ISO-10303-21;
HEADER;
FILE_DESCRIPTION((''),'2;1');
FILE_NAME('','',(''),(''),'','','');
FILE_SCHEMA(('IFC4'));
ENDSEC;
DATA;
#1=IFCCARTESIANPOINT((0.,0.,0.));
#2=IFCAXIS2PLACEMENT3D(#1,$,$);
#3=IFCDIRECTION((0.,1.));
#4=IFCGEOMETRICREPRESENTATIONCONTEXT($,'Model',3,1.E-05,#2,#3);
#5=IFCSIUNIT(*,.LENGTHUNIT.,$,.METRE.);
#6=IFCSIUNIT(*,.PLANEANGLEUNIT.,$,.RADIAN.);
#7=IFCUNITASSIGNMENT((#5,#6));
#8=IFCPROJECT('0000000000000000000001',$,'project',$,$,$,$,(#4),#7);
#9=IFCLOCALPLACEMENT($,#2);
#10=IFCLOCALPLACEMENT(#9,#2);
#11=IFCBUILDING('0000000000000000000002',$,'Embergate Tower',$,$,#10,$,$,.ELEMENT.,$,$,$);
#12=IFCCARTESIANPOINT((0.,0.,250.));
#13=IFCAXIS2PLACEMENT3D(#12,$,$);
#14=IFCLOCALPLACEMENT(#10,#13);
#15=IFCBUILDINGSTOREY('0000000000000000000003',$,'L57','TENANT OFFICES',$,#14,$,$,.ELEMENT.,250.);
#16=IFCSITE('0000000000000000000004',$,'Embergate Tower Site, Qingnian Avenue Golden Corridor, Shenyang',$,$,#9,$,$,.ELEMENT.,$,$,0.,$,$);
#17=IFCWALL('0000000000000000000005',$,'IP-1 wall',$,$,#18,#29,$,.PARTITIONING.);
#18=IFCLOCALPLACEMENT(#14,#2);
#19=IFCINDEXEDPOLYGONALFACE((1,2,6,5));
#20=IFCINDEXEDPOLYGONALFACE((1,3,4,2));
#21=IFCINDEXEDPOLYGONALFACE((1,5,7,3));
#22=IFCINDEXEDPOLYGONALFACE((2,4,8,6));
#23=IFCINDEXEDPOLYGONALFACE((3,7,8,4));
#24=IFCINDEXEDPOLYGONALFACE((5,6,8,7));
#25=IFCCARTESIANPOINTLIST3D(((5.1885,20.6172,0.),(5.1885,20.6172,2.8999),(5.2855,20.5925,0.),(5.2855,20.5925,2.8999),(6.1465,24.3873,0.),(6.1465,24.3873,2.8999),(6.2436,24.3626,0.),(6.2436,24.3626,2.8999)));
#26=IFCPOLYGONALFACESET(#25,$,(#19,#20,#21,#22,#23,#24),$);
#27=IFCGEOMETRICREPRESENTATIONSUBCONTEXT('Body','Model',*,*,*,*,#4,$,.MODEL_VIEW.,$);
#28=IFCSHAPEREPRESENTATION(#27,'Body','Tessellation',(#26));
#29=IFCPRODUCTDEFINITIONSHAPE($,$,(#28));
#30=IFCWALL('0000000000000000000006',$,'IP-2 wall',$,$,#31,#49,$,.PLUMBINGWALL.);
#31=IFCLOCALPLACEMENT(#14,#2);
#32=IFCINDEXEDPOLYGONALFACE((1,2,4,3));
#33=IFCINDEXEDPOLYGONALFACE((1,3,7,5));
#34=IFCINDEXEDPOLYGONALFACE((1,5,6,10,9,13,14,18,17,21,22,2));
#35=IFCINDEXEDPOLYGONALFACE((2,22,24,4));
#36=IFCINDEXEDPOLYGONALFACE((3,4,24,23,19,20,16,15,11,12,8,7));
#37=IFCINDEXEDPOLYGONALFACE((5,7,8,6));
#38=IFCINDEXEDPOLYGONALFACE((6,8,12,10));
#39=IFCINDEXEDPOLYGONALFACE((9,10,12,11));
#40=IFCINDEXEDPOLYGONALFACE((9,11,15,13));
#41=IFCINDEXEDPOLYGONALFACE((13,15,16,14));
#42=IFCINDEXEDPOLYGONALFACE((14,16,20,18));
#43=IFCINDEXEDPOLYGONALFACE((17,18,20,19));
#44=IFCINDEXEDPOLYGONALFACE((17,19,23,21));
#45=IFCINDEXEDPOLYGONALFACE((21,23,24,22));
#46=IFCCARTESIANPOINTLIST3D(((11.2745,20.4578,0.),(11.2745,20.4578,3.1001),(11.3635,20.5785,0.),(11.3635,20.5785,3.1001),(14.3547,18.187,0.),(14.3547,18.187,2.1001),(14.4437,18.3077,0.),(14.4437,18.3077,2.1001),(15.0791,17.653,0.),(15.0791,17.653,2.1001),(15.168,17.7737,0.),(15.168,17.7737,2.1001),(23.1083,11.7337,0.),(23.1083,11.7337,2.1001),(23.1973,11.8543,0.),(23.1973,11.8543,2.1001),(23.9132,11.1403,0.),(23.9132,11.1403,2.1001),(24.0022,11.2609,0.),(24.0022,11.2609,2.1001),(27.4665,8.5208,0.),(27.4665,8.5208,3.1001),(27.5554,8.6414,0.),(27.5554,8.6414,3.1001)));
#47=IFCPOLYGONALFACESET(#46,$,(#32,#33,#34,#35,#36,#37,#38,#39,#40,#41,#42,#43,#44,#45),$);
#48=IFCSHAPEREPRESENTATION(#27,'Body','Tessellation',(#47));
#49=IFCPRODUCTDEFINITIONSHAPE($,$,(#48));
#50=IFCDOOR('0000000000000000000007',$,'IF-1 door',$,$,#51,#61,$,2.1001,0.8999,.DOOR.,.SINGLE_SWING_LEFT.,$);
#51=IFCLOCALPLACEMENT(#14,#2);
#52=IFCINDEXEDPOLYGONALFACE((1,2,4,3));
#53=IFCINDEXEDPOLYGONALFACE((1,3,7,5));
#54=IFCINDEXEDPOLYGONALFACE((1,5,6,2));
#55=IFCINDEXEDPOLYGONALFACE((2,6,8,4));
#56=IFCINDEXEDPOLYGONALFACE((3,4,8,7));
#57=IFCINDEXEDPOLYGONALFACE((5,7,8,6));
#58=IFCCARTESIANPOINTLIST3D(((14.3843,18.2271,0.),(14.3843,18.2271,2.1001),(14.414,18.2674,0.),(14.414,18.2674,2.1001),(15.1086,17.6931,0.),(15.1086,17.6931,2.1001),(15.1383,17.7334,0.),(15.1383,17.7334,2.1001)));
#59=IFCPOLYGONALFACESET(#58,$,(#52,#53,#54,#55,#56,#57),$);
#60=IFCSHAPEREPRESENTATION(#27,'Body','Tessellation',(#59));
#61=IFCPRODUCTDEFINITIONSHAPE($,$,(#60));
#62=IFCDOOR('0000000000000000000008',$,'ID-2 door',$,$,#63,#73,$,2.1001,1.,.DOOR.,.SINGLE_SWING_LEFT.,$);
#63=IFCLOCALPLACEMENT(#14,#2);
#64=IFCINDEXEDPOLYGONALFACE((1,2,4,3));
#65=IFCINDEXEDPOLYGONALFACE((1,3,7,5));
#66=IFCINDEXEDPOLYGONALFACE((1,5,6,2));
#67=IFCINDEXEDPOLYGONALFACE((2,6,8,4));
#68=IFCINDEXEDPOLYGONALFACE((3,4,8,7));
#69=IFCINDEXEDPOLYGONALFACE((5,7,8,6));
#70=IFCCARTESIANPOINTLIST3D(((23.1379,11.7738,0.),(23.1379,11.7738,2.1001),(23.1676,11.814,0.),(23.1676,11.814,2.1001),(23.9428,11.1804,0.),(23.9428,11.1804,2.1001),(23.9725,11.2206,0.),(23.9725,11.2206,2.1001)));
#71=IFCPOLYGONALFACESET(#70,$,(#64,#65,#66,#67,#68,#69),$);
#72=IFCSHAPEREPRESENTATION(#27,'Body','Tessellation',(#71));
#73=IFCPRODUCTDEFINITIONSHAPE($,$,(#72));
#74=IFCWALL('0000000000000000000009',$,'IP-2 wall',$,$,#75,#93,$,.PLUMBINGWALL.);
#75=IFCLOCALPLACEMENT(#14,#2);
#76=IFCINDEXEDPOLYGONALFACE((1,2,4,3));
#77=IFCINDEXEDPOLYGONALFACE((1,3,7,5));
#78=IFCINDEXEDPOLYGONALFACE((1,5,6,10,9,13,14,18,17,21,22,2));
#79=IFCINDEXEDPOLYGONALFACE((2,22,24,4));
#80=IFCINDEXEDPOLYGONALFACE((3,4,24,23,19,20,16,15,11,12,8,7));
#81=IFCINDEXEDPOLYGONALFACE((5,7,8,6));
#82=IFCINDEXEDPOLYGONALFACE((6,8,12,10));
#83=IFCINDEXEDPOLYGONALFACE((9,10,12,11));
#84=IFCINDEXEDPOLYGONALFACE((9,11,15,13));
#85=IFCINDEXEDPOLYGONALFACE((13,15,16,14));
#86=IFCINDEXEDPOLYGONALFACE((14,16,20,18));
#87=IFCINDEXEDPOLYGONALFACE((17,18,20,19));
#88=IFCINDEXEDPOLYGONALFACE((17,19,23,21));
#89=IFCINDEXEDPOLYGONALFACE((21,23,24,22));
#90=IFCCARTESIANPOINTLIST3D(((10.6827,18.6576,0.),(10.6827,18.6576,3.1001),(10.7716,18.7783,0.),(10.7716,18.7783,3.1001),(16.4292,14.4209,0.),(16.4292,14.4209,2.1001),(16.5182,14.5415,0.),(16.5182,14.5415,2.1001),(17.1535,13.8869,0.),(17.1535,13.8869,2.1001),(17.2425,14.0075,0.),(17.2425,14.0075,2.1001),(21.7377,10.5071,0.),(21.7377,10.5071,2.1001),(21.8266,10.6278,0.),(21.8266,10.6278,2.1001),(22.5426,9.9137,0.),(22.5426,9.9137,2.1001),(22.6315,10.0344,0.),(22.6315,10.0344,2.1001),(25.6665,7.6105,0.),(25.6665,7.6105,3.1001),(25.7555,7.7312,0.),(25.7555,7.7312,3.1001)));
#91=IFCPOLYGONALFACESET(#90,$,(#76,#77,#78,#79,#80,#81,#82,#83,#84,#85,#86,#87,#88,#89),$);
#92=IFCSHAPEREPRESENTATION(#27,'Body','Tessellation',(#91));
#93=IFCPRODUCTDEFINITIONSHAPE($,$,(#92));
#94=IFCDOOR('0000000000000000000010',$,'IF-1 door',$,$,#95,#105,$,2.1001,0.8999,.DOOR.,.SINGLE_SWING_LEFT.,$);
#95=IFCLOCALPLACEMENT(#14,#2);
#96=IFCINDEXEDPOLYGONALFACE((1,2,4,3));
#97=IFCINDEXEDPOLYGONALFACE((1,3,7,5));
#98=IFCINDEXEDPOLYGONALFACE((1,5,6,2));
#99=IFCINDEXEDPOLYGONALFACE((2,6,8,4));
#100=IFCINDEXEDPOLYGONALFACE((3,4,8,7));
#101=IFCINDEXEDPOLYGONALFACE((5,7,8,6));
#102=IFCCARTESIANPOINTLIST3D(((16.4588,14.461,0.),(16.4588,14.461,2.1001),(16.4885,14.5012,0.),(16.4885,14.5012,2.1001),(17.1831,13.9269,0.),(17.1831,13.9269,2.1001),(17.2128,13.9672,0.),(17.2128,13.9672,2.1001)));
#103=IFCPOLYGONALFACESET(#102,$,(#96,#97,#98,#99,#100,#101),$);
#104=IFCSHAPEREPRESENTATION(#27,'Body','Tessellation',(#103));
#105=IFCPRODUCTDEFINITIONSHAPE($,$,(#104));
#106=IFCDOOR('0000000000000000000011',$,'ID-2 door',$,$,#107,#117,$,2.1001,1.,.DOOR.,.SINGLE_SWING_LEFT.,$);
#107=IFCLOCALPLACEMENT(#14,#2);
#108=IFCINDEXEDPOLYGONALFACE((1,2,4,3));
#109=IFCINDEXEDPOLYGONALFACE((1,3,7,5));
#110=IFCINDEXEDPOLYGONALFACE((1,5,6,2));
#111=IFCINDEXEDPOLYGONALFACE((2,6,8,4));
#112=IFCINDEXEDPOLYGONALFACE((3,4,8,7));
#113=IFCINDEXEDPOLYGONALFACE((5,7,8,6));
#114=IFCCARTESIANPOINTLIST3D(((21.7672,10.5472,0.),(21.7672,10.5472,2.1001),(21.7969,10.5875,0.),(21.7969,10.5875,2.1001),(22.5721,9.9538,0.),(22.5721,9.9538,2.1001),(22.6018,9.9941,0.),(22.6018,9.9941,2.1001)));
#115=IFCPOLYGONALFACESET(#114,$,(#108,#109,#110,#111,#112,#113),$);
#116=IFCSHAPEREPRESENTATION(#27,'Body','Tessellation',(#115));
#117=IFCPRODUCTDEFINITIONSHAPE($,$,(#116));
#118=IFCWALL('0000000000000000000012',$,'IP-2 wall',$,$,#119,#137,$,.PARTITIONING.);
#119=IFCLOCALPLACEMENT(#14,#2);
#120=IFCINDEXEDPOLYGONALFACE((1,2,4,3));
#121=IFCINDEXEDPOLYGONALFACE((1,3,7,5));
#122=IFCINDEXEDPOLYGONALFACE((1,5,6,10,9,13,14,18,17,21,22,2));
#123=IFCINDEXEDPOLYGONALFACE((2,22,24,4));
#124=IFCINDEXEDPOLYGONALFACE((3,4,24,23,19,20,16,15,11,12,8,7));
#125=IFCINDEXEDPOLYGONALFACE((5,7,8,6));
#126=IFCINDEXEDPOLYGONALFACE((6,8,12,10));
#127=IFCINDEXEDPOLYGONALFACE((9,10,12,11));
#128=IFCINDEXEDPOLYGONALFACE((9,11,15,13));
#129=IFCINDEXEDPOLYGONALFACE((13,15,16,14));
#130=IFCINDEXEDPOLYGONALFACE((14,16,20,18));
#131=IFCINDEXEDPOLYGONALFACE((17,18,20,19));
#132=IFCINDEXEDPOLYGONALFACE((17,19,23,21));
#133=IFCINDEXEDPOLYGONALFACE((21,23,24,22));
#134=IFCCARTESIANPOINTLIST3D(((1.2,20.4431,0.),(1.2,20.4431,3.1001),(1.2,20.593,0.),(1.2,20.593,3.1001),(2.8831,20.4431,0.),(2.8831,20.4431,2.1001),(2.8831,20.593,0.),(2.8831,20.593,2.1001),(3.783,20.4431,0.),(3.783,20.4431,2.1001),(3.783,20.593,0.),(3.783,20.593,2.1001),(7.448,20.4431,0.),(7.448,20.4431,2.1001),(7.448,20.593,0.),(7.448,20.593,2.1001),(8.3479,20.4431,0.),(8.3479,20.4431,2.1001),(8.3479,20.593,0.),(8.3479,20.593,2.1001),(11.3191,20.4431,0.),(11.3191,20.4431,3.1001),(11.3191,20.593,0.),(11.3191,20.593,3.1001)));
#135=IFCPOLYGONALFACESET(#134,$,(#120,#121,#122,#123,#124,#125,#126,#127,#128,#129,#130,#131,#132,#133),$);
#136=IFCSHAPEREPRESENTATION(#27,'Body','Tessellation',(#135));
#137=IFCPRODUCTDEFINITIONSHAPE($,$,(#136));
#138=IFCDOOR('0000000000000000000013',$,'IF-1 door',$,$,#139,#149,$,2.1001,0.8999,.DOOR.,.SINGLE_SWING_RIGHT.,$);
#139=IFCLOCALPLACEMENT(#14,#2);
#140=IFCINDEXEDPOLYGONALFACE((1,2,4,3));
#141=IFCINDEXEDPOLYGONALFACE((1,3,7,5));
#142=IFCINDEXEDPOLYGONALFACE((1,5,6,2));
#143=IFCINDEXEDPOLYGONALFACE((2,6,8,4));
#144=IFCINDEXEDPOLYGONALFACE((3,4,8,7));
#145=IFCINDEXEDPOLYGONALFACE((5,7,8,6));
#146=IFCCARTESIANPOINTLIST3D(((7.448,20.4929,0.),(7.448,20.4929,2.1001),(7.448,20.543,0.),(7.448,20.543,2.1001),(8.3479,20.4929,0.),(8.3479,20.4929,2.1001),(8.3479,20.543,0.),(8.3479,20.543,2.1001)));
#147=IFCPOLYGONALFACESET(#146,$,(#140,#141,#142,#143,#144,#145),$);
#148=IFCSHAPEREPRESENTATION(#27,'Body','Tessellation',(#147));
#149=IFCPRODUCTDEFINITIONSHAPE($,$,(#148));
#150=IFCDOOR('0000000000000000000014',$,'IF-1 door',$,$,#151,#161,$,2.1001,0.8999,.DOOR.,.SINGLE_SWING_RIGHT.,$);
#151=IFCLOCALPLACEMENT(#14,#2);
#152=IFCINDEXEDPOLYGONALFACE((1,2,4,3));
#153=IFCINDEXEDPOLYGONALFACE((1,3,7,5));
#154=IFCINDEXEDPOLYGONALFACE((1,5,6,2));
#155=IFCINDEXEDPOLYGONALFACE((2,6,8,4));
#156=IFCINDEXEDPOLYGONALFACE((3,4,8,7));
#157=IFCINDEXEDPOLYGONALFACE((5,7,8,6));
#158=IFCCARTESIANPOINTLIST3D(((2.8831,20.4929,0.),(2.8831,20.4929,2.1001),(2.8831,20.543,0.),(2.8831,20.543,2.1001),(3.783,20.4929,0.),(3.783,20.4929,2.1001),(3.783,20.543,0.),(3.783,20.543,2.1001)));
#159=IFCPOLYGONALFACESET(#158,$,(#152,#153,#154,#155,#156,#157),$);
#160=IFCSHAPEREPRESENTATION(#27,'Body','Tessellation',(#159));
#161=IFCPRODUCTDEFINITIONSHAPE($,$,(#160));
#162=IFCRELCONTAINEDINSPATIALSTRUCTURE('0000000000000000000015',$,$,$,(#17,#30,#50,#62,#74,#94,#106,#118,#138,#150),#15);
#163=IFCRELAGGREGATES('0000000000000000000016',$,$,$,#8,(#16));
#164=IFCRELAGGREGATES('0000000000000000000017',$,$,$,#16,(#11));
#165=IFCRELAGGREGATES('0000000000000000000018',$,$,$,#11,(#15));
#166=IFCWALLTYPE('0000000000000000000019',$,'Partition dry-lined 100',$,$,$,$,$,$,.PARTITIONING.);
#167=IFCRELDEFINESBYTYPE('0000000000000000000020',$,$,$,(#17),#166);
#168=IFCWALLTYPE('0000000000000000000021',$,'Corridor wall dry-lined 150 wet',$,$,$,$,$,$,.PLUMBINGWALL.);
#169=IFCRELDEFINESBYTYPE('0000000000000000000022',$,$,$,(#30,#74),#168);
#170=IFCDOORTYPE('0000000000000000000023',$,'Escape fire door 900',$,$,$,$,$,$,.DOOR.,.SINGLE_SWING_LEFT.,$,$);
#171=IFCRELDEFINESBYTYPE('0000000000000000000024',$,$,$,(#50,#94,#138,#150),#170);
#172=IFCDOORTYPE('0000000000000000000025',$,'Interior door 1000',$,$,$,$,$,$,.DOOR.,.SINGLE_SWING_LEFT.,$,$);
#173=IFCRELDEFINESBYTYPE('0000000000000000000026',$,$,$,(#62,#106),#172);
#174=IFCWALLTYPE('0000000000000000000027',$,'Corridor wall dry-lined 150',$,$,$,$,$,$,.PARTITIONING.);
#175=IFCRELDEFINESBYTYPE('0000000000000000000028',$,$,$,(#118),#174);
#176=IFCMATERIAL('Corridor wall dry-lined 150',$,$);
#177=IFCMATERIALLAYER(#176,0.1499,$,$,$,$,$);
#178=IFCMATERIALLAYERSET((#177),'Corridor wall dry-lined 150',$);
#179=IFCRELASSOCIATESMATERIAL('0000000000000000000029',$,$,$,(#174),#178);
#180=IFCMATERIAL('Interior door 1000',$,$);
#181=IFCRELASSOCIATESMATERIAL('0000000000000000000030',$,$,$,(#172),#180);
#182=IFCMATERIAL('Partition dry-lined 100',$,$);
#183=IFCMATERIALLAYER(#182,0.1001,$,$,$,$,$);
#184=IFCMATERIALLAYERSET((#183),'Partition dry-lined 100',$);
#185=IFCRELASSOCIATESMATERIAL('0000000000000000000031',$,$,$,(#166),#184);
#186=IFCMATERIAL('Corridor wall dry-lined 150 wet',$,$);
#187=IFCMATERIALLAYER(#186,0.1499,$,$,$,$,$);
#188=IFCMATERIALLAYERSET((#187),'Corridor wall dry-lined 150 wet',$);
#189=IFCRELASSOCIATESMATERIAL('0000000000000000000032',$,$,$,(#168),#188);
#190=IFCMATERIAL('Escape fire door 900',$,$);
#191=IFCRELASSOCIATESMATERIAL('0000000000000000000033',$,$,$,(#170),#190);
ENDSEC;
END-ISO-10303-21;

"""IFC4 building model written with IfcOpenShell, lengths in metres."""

from ifc_helpers import new_model, si_unit, direction, frame, frame_2d, origin, place, context, subcontext, project, spatial, rectangle, extrude, source, transform, mapped, material, layer, layer_set, type_object, element, fill, save


model = new_model("IFC4")

# Units and contexts
model_context = context("Model", 3, precision=1e-05, world=origin(), true_north=direction((0.0, 1.0)))
body_context = subcontext(model_context, "Body", "Model", "MODEL_VIEW")
ifc_project = project(units=[si_unit("LENGTHUNIT", "METRE"), si_unit("PLANEANGLEUNIT", "RADIAN")], contexts=[model_context])

# Site, building, storey
site_placement = place(None, origin())
site = spatial("IfcSite", under=ifc_project, at=site_placement, Name="Embergate Tower Site, Qingnian Avenue Golden Corridor, Shenyang", CompositionType="ELEMENT", RefElevation=0.0)
building_placement = place(site_placement, origin())
building = spatial("IfcBuilding", under=site, at=building_placement, Name="Embergate Tower", CompositionType="ELEMENT")
storey_placement = place(building_placement, frame((0.0, 0.0, 250.0)))
storey = spatial("IfcBuildingStorey", under=building, at=storey_placement, Name="L57", Description="TENANT OFFICES", CompositionType="ELEMENT", Elevation=250.0)

# Shared definitions
ifc_material_1 = material(Name="Corridor wall dry-lined 150")
ifc_layer_1 = layer(ifc_material_1, 0.1499)
ifc_layer_set_1 = layer_set([ifc_layer_1], Name="Corridor wall dry-lined 150")
wall_type_1 = type_object("IfcWallType", Name="Corridor wall dry-lined 150", PredefinedType="PARTITIONING", material=ifc_layer_set_1)
shared_shape_1 = source(origin(), body_context, "Body", "SweptSolid", [
    extrude(rectangle(XDim=1.0, YDim=2.1001, at=frame_2d((0.5, 1.05))), frame((0.0, 0.085, 0.0), z_axis=(0.0, -1.0, 0.0), x_axis=(1.0, 0.0, 0.0)), (0.0, 0.0, 1.0), 0.1699),
])
ifc_material_2 = material(Name="Interior door 1000")
door_type_1 = type_object("IfcDoorType", Name="Interior door 1000", OperationType="SINGLE_SWING_LEFT", PredefinedType="DOOR", material=ifc_material_2)
shared_shape_2 = source(origin(), body_context, "Body", "SweptSolid", [
    extrude(rectangle(XDim=1.0, YDim=2.1001, at=frame_2d((0.5, 1.05))), frame((0.0, 0.0249, 0.0), z_axis=(0.0, -1.0, 0.0), x_axis=(1.0, 0.0, 0.0)), (0.0, 0.0, 1.0), 0.05),
])

# Wall
ifc_material_3 = material(Name="Partition dry-lined 100")
ifc_layer_2 = layer(ifc_material_3, 0.1001)
ifc_layer_set_2 = layer_set([ifc_layer_2], Name="Partition dry-lined 100")
wall_type_2 = type_object("IfcWallType", Name="Partition dry-lined 100", PredefinedType="PARTITIONING", material=ifc_layer_set_2)
shared_shape_3 = source(origin(), body_context, "Body", "SweptSolid", [
    extrude(rectangle(XDim=3.8899, YDim=0.1001, at=frame_2d((1.9448, 0.0))), origin(), (0.0, 0.0, 1.0), 2.8999),
])
wall_1_placement = place(storey_placement, frame((5.2371, 20.605, 0.0), z_axis=(0.0, 0.0, 1.0), x_axis=(0.246285, 0.969197, 0.0)))
element("IfcWall", 1, at=wall_1_placement, inside=storey, type_object=wall_type_2, Name="IP-1 wall", PredefinedType="PARTITIONING", context=body_context, shape_type="MappedRepresentation", body=[
    mapped(shared_shape_3, transform((0.0, 0.0, 0.0))),
])

# Walls, openings, doors
ifc_material_4 = material(Name="Corridor wall dry-lined 150 wet")
ifc_layer_3 = layer(ifc_material_4, 0.1499)
ifc_layer_set_3 = layer_set([ifc_layer_3], Name="Corridor wall dry-lined 150 wet")
wall_type_3 = type_object("IfcWallType", Name="Corridor wall dry-lined 150 wet", PredefinedType="PLUMBINGWALL", material=ifc_layer_set_3)
shared_shape_4 = source(origin(), body_context, "Body", "SweptSolid", [
    extrude(rectangle(XDim=20.1165, YDim=0.1499, at=frame_2d((10.0581, 0.0))), origin(), (0.0, 0.0, 1.0), 3.1001),
])
wall_2_placement = place(storey_placement, frame((11.3191, 20.5181, 0.0), z_axis=(0.0, 0.0, 1.0), x_axis=(0.80491, -0.593397, 0.0)))
wall_2 = element("IfcWall", 2, at=wall_2_placement, inside=storey, type_object=wall_type_3, Name="IP-2 wall", PredefinedType="PLUMBINGWALL", context=body_context, shape_type="MappedRepresentation", body=[
    mapped(shared_shape_4, transform((0.0, 0.0, 0.0))),
])
opening_1_placement = place(wall_2_placement, frame((14.7019, 0.0, 0.0)))
opening_1 = element("IfcOpeningElement", 3, at=opening_1_placement, cuts=wall_2, PredefinedType="OPENING", context=body_context, shape_type="MappedRepresentation", body=[
    mapped(shared_shape_1, transform((0.0, 0.0, 0.0))),
])
shared_shape_5 = source(origin(), body_context, "Body", "SweptSolid", [
    extrude(rectangle(XDim=0.8999, YDim=2.1001, at=frame_2d((0.45, 1.05))), frame((0.0, 0.085, 0.0), z_axis=(0.0, -1.0, 0.0), x_axis=(1.0, 0.0, 0.0)), (0.0, 0.0, 1.0), 0.1699),
])
opening_2_placement = place(wall_2_placement, frame((3.8267, 0.0, 0.0)))
opening_2 = element("IfcOpeningElement", 4, at=opening_2_placement, cuts=wall_2, PredefinedType="OPENING", context=body_context, shape_type="MappedRepresentation", body=[
    mapped(shared_shape_5, transform((0.0, 0.0, 0.0))),
])
ifc_material_5 = material(Name="Escape fire door 900")
door_type_2 = type_object("IfcDoorType", Name="Escape fire door 900", OperationType="SINGLE_SWING_LEFT", PredefinedType="DOOR", material=ifc_material_5)
shared_shape_6 = source(origin(), body_context, "Body", "SweptSolid", [
    extrude(rectangle(XDim=0.8999, YDim=2.1001, at=frame_2d((0.45, 1.05))), frame((0.0, 0.0249, 0.0), z_axis=(0.0, -1.0, 0.0), x_axis=(1.0, 0.0, 0.0)), (0.0, 0.0, 1.0), 0.05),
])
door_1_placement = place(opening_2_placement, origin())
door_1 = element("IfcDoor", 5, at=door_1_placement, inside=storey, type_object=door_type_2, Name="IF-1 door", OperationType="SINGLE_SWING_LEFT", OverallHeight=2.1001, OverallWidth=0.8999, PredefinedType="DOOR", context=body_context, shape_type="MappedRepresentation", body=[
    mapped(shared_shape_6, transform((0.0, 0.0, 0.0))),
])
fill(opening_2, door_1)
door_2_placement = place(opening_1_placement, origin())
door_2 = element("IfcDoor", 6, at=door_2_placement, inside=storey, type_object=door_type_1, Name="ID-2 door", OperationType="SINGLE_SWING_LEFT", OverallHeight=2.1001, OverallWidth=1.0, PredefinedType="DOOR", context=body_context, shape_type="MappedRepresentation", body=[
    mapped(shared_shape_2, transform((0.0, 0.0, 0.0))),
])
fill(opening_1, door_2)
shared_shape_7 = source(origin(), body_context, "Body", "SweptSolid", [
    extrude(rectangle(XDim=18.616, YDim=0.1499, at=frame_2d((9.3081, 0.0))), origin(), (0.0, 0.0, 1.0), 3.1001),
])
wall_3_placement = place(storey_placement, frame((10.7271, 18.718, 0.0), z_axis=(0.0, 0.0, 1.0), x_axis=(0.804893, -0.59342, 0.0)))
wall_3 = element("IfcWall", 7, at=wall_3_placement, inside=storey, type_object=wall_type_3, Name="IP-2 wall", PredefinedType="PLUMBINGWALL", context=body_context, shape_type="MappedRepresentation", body=[
    mapped(shared_shape_7, transform((0.0, 0.0, 0.0))),
])
opening_3_placement = place(wall_3_placement, frame((13.7349, 0.0, 0.0)))
opening_3 = element("IfcOpeningElement", 8, at=opening_3_placement, cuts=wall_3, PredefinedType="OPENING", context=body_context, shape_type="MappedRepresentation", body=[
    mapped(shared_shape_1, transform((0.0, 0.0, 0.0))),
])
opening_4_placement = place(wall_3_placement, frame((7.1396, 0.0, 0.0)))
opening_4 = element("IfcOpeningElement", 9, at=opening_4_placement, cuts=wall_3, PredefinedType="OPENING", context=body_context, shape_type="MappedRepresentation", body=[
    mapped(shared_shape_5, transform((0.0, 0.0, 0.0))),
])
door_3_placement = place(opening_4_placement, origin())
door_3 = element("IfcDoor", 10, at=door_3_placement, inside=storey, type_object=door_type_2, Name="IF-1 door", OperationType="SINGLE_SWING_LEFT", OverallHeight=2.1001, OverallWidth=0.8999, PredefinedType="DOOR", context=body_context, shape_type="MappedRepresentation", body=[
    mapped(shared_shape_6, transform((0.0, 0.0, 0.0))),
])
fill(opening_4, door_3)
door_4_placement = place(opening_3_placement, origin())
door_4 = element("IfcDoor", 11, at=door_4_placement, inside=storey, type_object=door_type_1, Name="ID-2 door", OperationType="SINGLE_SWING_LEFT", OverallHeight=2.1001, OverallWidth=1.0, PredefinedType="DOOR", context=body_context, shape_type="MappedRepresentation", body=[
    mapped(shared_shape_2, transform((0.0, 0.0, 0.0))),
])
fill(opening_3, door_4)
shared_shape_8 = source(origin(), body_context, "Body", "SweptSolid", [
    extrude(rectangle(XDim=10.1191, YDim=0.1499, at=frame_2d((5.0596, 0.0))), origin(), (0.0, 0.0, 1.0), 3.1001),
])
wall_4_placement = place(storey_placement, frame((1.2, 20.5181, 0.0), z_axis=(0.0, 0.0, 1.0), x_axis=(1.0, 0.0, 0.0)))
wall_4 = element("IfcWall", 12, at=wall_4_placement, inside=storey, type_object=wall_type_1, Name="IP-2 wall", PredefinedType="PARTITIONING", context=body_context, shape_type="MappedRepresentation", body=[
    mapped(shared_shape_8, transform((0.0, 0.0, 0.0))),
])
opening_5_placement = place(wall_4_placement, frame((6.248, 0.0, 0.0)))
opening_5 = element("IfcOpeningElement", 13, at=opening_5_placement, cuts=wall_4, PredefinedType="OPENING", context=body_context, shape_type="MappedRepresentation", body=[
    mapped(shared_shape_5, transform((0.0, 0.0, 0.0))),
])
opening_6_placement = place(wall_4_placement, frame((1.6831, 0.0, 0.0)))
opening_6 = element("IfcOpeningElement", 14, at=opening_6_placement, cuts=wall_4, PredefinedType="OPENING", context=body_context, shape_type="MappedRepresentation", body=[
    mapped(shared_shape_5, transform((0.0, 0.0, 0.0))),
])
door_5_placement = place(opening_5_placement, origin())
door_5 = element("IfcDoor", 15, at=door_5_placement, inside=storey, type_object=door_type_2, Name="IF-1 door", OperationType="SINGLE_SWING_RIGHT", OverallHeight=2.1001, OverallWidth=0.8999, PredefinedType="DOOR", context=body_context, shape_type="MappedRepresentation", body=[
    mapped(shared_shape_6, transform((0.0, 0.0, 0.0))),
])
fill(opening_5, door_5)
door_6_placement = place(opening_6_placement, origin())
door_6 = element("IfcDoor", 16, at=door_6_placement, inside=storey, type_object=door_type_2, Name="IF-1 door", OperationType="SINGLE_SWING_RIGHT", OverallHeight=2.1001, OverallWidth=0.8999, PredefinedType="DOOR", context=body_context, shape_type="MappedRepresentation", body=[
    mapped(shared_shape_6, transform((0.0, 0.0, 0.0))),
])
fill(opening_6, door_6)

save(model, "model.ifc")
